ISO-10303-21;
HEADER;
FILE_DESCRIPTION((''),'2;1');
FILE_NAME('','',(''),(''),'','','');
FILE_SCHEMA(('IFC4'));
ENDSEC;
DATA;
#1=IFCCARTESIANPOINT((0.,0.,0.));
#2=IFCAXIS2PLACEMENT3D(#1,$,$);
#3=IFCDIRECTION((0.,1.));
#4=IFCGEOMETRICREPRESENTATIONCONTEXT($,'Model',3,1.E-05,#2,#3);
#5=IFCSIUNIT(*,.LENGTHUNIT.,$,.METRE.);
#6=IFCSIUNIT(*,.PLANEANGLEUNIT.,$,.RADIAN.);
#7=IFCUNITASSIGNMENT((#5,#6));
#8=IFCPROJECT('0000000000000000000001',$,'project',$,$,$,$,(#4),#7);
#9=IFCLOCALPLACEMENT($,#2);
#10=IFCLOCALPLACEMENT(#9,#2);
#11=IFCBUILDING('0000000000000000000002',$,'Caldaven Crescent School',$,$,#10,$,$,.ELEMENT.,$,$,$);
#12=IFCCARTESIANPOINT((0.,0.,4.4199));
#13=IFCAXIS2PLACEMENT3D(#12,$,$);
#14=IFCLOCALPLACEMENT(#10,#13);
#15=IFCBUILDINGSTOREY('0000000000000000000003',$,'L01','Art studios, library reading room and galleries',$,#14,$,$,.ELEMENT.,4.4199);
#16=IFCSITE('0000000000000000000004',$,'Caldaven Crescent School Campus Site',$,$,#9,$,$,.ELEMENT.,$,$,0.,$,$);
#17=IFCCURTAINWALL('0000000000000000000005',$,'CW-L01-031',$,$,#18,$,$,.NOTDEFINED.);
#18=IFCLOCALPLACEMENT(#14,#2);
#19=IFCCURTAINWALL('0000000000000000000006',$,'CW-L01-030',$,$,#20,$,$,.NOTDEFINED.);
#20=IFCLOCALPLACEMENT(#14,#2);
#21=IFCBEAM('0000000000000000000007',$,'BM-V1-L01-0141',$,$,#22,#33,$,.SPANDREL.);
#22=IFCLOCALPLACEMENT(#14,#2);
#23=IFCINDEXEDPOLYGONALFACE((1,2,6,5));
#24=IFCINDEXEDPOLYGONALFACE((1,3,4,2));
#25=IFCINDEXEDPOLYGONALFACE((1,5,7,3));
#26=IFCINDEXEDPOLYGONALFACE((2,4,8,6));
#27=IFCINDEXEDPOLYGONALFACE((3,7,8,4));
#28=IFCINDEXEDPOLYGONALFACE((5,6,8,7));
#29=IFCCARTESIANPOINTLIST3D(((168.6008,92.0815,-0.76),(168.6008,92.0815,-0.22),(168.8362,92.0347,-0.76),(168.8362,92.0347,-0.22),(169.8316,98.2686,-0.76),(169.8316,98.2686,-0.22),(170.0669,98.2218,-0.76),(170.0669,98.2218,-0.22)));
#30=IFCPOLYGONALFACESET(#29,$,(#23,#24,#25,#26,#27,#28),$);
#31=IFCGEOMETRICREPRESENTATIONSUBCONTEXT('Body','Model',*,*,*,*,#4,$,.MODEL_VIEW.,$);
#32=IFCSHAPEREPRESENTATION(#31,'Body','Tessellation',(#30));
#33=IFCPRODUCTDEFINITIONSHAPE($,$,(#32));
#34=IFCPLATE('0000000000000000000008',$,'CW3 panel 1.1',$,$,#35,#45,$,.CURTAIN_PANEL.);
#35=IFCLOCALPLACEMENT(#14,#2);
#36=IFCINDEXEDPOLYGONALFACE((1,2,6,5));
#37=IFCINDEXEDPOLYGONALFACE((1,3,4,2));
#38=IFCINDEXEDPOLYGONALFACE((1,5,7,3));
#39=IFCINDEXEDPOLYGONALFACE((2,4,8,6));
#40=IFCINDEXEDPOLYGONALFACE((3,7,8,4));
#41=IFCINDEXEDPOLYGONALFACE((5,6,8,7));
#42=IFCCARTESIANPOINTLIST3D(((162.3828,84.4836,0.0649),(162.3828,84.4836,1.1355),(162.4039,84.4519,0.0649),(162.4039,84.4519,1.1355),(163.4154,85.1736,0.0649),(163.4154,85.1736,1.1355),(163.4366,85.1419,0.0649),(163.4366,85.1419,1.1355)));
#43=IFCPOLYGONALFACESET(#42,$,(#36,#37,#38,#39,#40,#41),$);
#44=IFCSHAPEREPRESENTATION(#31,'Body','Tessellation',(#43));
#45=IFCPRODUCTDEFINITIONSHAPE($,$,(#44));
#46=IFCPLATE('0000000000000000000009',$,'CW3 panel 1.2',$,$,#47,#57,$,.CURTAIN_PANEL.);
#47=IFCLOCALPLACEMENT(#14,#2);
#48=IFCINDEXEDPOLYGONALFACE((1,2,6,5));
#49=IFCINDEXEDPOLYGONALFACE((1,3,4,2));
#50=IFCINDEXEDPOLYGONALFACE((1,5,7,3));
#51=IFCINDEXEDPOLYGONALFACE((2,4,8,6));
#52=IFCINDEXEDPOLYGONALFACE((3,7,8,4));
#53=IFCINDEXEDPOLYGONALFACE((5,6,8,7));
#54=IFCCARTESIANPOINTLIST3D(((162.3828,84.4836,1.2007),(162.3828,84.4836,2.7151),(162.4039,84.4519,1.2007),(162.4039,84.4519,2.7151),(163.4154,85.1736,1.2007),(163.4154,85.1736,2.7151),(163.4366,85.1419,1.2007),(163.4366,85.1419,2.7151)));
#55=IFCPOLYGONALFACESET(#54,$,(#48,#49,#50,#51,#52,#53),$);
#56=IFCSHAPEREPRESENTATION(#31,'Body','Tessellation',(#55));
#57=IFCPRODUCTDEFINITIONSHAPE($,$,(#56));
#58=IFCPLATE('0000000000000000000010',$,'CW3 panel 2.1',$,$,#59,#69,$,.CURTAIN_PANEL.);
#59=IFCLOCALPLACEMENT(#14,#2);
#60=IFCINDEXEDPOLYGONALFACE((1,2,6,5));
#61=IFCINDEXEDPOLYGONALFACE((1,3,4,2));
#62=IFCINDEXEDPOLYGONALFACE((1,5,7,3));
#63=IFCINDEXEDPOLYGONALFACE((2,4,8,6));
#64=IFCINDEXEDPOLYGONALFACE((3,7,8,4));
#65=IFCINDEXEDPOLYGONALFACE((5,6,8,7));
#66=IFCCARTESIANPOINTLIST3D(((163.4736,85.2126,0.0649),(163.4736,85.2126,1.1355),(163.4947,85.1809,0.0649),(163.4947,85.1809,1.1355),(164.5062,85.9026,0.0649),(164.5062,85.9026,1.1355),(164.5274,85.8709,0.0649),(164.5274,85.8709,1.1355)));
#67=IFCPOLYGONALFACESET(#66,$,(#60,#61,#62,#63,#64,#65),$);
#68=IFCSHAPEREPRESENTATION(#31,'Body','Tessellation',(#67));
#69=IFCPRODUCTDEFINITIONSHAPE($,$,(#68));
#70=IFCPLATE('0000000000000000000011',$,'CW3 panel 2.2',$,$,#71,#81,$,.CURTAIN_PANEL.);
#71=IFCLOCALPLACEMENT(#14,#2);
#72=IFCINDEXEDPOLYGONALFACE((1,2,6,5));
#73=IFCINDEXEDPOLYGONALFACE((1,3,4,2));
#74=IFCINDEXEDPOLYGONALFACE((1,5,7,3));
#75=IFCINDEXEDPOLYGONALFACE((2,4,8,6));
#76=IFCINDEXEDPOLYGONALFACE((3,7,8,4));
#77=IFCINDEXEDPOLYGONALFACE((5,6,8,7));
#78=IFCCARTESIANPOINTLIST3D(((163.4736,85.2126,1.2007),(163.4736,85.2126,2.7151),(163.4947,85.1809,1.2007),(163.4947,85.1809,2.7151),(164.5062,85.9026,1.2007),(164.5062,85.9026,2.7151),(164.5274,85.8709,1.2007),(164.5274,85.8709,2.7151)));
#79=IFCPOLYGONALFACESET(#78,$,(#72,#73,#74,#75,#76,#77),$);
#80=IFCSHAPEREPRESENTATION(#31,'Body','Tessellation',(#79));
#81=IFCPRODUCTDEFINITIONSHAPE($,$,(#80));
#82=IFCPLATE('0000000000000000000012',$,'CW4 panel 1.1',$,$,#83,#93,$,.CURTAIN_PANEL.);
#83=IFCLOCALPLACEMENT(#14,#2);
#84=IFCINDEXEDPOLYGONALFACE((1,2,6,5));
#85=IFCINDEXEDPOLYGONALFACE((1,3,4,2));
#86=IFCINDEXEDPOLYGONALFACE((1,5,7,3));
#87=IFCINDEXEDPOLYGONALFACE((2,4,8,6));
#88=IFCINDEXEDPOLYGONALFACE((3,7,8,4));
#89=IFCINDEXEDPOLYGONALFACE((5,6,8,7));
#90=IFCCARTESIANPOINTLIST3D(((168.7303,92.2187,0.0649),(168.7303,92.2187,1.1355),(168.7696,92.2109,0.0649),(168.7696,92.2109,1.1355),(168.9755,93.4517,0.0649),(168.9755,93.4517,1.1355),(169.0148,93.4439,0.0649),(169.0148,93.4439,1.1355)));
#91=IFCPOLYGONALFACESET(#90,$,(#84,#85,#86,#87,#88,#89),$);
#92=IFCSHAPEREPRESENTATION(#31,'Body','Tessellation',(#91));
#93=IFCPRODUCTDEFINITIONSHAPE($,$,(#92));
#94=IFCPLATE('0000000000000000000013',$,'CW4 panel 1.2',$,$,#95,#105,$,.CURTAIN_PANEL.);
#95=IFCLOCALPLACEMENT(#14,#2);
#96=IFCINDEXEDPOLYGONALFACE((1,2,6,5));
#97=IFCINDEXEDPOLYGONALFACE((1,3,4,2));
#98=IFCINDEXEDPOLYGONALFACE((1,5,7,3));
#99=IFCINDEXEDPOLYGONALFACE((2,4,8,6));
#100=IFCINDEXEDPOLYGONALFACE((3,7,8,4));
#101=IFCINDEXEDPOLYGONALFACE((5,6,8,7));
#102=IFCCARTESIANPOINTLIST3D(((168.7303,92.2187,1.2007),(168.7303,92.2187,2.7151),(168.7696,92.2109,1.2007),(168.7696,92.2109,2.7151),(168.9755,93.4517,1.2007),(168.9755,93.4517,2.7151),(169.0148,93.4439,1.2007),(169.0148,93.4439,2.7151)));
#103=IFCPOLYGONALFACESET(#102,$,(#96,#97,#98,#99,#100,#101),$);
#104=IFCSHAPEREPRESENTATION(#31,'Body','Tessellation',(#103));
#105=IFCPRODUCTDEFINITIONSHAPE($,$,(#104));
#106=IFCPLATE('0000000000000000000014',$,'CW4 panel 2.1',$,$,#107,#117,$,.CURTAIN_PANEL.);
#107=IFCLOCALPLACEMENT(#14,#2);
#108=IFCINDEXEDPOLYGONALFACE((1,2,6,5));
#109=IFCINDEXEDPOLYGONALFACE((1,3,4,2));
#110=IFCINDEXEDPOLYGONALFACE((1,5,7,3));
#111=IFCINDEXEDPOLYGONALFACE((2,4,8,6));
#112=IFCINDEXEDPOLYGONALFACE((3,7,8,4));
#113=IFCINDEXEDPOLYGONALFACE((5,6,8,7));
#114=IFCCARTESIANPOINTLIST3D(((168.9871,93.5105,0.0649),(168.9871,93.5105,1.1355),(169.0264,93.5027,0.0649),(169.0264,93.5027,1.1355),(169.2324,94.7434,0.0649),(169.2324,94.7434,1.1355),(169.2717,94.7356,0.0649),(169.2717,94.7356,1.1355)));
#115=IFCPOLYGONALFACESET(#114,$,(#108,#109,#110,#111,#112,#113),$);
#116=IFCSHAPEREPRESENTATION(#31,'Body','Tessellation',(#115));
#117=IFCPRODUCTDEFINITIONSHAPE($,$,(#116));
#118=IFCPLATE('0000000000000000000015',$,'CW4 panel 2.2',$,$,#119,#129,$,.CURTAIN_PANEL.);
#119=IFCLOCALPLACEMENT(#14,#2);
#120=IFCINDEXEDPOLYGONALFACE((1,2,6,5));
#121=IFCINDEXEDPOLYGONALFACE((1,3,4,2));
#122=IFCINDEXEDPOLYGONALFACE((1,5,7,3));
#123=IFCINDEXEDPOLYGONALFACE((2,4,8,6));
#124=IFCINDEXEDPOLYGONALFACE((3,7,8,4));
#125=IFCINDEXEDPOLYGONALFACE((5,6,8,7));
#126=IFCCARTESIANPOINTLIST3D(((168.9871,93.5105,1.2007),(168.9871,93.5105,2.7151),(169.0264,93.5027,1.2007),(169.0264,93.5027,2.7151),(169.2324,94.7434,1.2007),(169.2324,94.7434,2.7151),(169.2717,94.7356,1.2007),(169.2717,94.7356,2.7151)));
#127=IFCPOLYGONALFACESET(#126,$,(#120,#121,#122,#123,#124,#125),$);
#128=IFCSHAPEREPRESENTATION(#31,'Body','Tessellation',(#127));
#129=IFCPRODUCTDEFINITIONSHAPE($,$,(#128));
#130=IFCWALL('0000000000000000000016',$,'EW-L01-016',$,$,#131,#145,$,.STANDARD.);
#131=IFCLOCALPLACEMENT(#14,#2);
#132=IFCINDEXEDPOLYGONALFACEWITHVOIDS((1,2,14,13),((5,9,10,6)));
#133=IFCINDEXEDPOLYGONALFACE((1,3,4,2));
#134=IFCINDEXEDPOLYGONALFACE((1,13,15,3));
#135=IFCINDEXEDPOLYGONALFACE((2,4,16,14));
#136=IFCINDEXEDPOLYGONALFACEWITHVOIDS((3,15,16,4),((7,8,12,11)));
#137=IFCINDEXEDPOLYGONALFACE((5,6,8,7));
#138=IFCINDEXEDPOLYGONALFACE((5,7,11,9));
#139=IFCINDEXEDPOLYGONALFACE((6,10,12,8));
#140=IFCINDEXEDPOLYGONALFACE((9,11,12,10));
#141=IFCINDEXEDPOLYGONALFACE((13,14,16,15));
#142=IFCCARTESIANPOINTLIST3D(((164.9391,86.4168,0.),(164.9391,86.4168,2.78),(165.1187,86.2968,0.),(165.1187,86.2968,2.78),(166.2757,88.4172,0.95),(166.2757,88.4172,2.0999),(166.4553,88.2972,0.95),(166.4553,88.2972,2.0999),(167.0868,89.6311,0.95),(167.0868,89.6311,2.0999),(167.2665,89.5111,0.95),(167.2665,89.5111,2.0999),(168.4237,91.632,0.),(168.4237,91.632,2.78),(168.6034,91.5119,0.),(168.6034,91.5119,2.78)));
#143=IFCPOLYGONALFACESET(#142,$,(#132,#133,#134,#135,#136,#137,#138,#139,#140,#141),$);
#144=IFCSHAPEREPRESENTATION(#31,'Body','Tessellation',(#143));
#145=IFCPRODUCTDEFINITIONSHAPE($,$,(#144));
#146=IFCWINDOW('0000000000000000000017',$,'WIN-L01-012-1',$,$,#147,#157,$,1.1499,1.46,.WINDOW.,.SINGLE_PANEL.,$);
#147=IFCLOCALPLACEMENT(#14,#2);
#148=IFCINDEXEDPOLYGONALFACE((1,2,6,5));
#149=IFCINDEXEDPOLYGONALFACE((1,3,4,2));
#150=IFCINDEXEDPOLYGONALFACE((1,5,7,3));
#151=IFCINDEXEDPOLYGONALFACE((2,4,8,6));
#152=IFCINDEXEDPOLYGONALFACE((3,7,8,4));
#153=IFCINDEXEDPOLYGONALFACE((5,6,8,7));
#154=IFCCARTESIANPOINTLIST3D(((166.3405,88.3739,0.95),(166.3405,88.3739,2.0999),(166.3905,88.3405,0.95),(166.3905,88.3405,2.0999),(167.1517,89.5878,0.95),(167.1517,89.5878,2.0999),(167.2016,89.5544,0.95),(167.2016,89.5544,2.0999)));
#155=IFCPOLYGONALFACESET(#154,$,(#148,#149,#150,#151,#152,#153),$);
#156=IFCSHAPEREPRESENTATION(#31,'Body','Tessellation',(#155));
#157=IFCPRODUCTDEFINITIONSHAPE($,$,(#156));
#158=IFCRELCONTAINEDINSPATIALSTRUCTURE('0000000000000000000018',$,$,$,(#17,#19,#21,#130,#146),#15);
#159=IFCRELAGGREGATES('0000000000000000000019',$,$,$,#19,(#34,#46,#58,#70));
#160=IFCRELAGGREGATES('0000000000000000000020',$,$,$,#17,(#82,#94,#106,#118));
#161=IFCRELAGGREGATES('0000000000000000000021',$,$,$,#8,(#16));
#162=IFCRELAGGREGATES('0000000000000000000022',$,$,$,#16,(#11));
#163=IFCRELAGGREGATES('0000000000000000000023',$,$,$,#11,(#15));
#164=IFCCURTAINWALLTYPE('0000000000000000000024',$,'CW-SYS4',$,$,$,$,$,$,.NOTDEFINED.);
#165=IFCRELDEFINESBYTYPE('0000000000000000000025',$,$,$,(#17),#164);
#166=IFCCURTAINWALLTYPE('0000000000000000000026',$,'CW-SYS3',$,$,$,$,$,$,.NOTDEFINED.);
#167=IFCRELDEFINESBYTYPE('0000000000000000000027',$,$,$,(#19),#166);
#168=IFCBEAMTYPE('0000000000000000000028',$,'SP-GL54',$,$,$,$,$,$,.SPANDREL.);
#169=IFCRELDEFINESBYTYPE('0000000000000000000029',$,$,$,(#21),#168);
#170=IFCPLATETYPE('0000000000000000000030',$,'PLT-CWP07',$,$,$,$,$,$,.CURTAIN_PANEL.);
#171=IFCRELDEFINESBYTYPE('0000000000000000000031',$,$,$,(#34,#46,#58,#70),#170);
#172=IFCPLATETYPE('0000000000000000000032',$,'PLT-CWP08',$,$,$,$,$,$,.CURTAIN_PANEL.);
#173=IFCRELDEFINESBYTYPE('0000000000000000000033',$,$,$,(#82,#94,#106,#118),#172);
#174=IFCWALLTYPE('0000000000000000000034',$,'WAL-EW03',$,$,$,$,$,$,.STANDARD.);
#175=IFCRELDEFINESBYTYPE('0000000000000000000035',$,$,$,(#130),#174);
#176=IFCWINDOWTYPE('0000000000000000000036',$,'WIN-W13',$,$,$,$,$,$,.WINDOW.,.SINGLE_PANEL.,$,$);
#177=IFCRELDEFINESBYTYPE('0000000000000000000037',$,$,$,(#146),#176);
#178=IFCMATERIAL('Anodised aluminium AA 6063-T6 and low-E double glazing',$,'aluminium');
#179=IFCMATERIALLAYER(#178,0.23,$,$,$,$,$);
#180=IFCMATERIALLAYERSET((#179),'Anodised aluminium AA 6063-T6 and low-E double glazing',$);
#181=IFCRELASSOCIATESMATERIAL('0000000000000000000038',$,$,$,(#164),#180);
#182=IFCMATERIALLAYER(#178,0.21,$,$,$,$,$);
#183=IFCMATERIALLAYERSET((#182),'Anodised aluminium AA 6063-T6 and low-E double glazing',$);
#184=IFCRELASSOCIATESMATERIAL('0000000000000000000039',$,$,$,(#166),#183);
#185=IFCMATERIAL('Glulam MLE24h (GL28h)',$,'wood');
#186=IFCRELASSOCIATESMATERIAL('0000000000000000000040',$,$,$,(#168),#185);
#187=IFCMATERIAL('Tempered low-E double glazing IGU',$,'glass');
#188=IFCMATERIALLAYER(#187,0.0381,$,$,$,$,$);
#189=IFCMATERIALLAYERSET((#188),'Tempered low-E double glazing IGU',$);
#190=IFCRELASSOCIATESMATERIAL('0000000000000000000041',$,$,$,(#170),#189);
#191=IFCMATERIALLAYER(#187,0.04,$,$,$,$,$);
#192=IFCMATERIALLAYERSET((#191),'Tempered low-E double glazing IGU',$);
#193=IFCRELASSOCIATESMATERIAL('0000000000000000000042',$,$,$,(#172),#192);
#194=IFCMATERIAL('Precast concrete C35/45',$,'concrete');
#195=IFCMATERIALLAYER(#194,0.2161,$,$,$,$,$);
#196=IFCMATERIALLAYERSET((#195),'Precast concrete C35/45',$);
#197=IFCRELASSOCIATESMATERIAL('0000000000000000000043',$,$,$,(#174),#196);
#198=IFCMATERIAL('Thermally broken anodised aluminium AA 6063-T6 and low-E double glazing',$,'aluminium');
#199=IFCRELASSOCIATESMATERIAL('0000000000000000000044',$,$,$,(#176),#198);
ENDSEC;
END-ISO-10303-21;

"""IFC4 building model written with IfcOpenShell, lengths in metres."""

from ifc_helpers import new_model, si_unit, direction, frame, frame_2d, origin, origin_2d, place, context, subcontext, project, spatial, rectangle, extrude, material, layer, layer_set, material_profile, profile_set, type_object, element, fill, aggregate, save


model = new_model("IFC4")

# Units and contexts
model_context = context("Model", 3, precision=1e-05, world=origin(), true_north=direction((0.0, 1.0)))
body_context = subcontext(model_context, "Body", "Model", "MODEL_VIEW")
ifc_project = project(units=[si_unit("LENGTHUNIT", "METRE"), si_unit("PLANEANGLEUNIT", "RADIAN")], contexts=[model_context])

# Site, building, storey
site_placement = place(None, origin())
site = spatial("IfcSite", under=ifc_project, at=site_placement, Name="Caldaven Crescent School Campus Site", CompositionType="ELEMENT", RefElevation=0.0)
building_placement = place(site_placement, origin())
building = spatial("IfcBuilding", under=site, at=building_placement, Name="Caldaven Crescent School", CompositionType="ELEMENT")
storey_placement = place(building_placement, frame((0.0, 0.0, 4.4199)))
storey = spatial("IfcBuildingStorey", under=building, at=storey_placement, Name="L01", Description="Art studios, library reading room and galleries", CompositionType="ELEMENT", Elevation=4.4199)

# Shared definitions
ifc_material_1 = material(Name="Glulam MLE24h (GL28h)", Category="wood")

# Curtain walls
ifc_material_2 = material(Name="Anodised aluminium AA 6063-T6 and low-E double glazing", Category="aluminium")
ifc_layer_1 = layer(ifc_material_2, 0.23)
ifc_layer_set_1 = layer_set([ifc_layer_1], Name="Anodised aluminium AA 6063-T6 and low-E double glazing")
curtain_wall_type_1 = type_object("IfcCurtainWallType", Name="CW-SYS4", PredefinedType="NOTDEFINED", material=ifc_layer_set_1)
curtain_wall_1_placement = place(storey_placement, origin())
curtain_wall_1 = element("IfcCurtainWall", 1, at=curtain_wall_1_placement, inside=storey, type_object=curtain_wall_type_1, Name="CW-L01-031", PredefinedType="NOTDEFINED")
ifc_layer_2 = layer(ifc_material_2, 0.21)
ifc_layer_set_2 = layer_set([ifc_layer_2], Name="Anodised aluminium AA 6063-T6 and low-E double glazing")
curtain_wall_type_2 = type_object("IfcCurtainWallType", Name="CW-SYS3", PredefinedType="NOTDEFINED", material=ifc_layer_set_2)
curtain_wall_2_placement = place(storey_placement, origin())
curtain_wall_2 = element("IfcCurtainWall", 2, at=curtain_wall_2_placement, inside=storey, type_object=curtain_wall_type_2, Name="CW-L01-030", PredefinedType="NOTDEFINED")

# Beam
ifc_material_profile_1 = material_profile(ifc_material_1, rectangle(XDim=0.24, YDim=0.54, at=origin_2d()), Name="MLE 240x540")
ifc_profile_set_1 = profile_set([ifc_material_profile_1], Name="Glulam MLE24h (GL28h)")
beam_type_1 = type_object("IfcBeamType", Name="SP-GL54", PredefinedType="SPANDREL", material=ifc_profile_set_1)
for number, where, z_axis, x_axis, name in (
    (3, (168.7185, 92.0581, -0.49), (0.195096, 0.980784, 0.0), (-0.980784, 0.195096, 0.0), "BM-V1-L01-0141"),
):
    element("IfcBeam", number, at=place(storey_placement, frame(where, z_axis=z_axis, x_axis=x_axis)), inside=storey, type_object=beam_type_1, Name=name, PredefinedType="SPANDREL", context=body_context, shape_type="SweptSolid", body=[
        extrude(rectangle(XDim=0.24, YDim=0.54, at=origin_2d()), origin(), (0.0, 0.0, 1.0), 6.3083),
    ])

# Plates
ifc_material_3 = material(Name="Tempered low-E double glazing IGU", Category="glass")
ifc_layer_3 = layer(ifc_material_3, 0.0381)
ifc_layer_set_3 = layer_set([ifc_layer_3], Name="Tempered low-E double glazing IGU")
plate_type_1 = type_object("IfcPlateType", Name="PLT-CWP07", PredefinedType="CURTAIN_PANEL", material=ifc_layer_set_3)
plate_1_placement = place(storey_placement, frame((162.9097, 84.8127, 0.0649), z_axis=(0.0, 0.0, 1.0), x_axis=(0.831469, 0.555572, 0.0)))
plate_1 = element("IfcPlate", 4, at=plate_1_placement, type_object=plate_type_1, Name="CW3 panel 1.1", PredefinedType="CURTAIN_PANEL", context=body_context, shape_type="SweptSolid", body=[
    extrude(rectangle(XDim=1.2419, YDim=0.0381, at=origin_2d()), origin(), (0.0, 0.0, 1.0), 1.0706),
])
plate_2_placement = place(storey_placement, frame((162.9097, 84.8127, 1.2007), z_axis=(0.0, 0.0, 1.0), x_axis=(0.831469, 0.555572, 0.0)))
plate_2 = element("IfcPlate", 5, at=plate_2_placement, type_object=plate_type_1, Name="CW3 panel 1.2", PredefinedType="CURTAIN_PANEL", context=body_context, shape_type="SweptSolid", body=[
    extrude(rectangle(XDim=1.2419, YDim=0.0381, at=origin_2d()), origin(), (0.0, 0.0, 1.0), 1.5144),
])
plate_3_placement = place(storey_placement, frame((164.0005, 85.5417, 0.0649), z_axis=(0.0, 0.0, 1.0), x_axis=(0.831469, 0.555572, 0.0)))
plate_3 = element("IfcPlate", 6, at=plate_3_placement, type_object=plate_type_1, Name="CW3 panel 2.1", PredefinedType="CURTAIN_PANEL", context=body_context, shape_type="SweptSolid", body=[
    extrude(rectangle(XDim=1.2419, YDim=0.0381, at=origin_2d()), origin(), (0.0, 0.0, 1.0), 1.0706),
])
plate_4_placement = place(storey_placement, frame((164.0005, 85.5417, 1.2007), z_axis=(0.0, 0.0, 1.0), x_axis=(0.831469, 0.555572, 0.0)))
plate_4 = element("IfcPlate", 7, at=plate_4_placement, type_object=plate_type_1, Name="CW3 panel 2.2", PredefinedType="CURTAIN_PANEL", context=body_context, shape_type="SweptSolid", body=[
    extrude(rectangle(XDim=1.2419, YDim=0.0381, at=origin_2d()), origin(), (0.0, 0.0, 1.0), 1.5144),
])
aggregate(curtain_wall_2, [plate_1, plate_2, plate_3, plate_4])
ifc_layer_4 = layer(ifc_material_3, 0.04)
ifc_layer_set_4 = layer_set([ifc_layer_4], Name="Tempered low-E double glazing IGU")
plate_type_2 = type_object("IfcPlateType", Name="PLT-CWP08", PredefinedType="CURTAIN_PANEL", material=ifc_layer_set_4)
plate_5_placement = place(storey_placement, frame((168.8726, 92.8313, 0.0649), z_axis=(0.0, 0.0, 1.0), x_axis=(0.19509, 0.980785, 0.0)))
plate_5 = element("IfcPlate", 8, at=plate_5_placement, type_object=plate_type_2, Name="CW4 panel 1.1", PredefinedType="CURTAIN_PANEL", context=body_context, shape_type="SweptSolid", body=[
    extrude(rectangle(XDim=1.2571, YDim=0.04, at=origin_2d()), origin(), (0.0, 0.0, 1.0), 1.0706),
])
plate_6_placement = place(storey_placement, frame((168.8726, 92.8313, 1.2007), z_axis=(0.0, 0.0, 1.0), x_axis=(0.19509, 0.980785, 0.0)))
plate_6 = element("IfcPlate", 9, at=plate_6_placement, type_object=plate_type_2, Name="CW4 panel 1.2", PredefinedType="CURTAIN_PANEL", context=body_context, shape_type="SweptSolid", body=[
    extrude(rectangle(XDim=1.2571, YDim=0.04, at=origin_2d()), origin(), (0.0, 0.0, 1.0), 1.5144),
])
plate_7_placement = place(storey_placement, frame((169.1294, 94.123, 0.0649), z_axis=(0.0, 0.0, 1.0), x_axis=(0.19509, 0.980785, 0.0)))
plate_7 = element("IfcPlate", 10, at=plate_7_placement, type_object=plate_type_2, Name="CW4 panel 2.1", PredefinedType="CURTAIN_PANEL", context=body_context, shape_type="SweptSolid", body=[
    extrude(rectangle(XDim=1.2571, YDim=0.04, at=origin_2d()), origin(), (0.0, 0.0, 1.0), 1.0706),
])
plate_8_placement = place(storey_placement, frame((169.1294, 94.123, 1.2007), z_axis=(0.0, 0.0, 1.0), x_axis=(0.19509, 0.980785, 0.0)))
plate_8 = element("IfcPlate", 11, at=plate_8_placement, type_object=plate_type_2, Name="CW4 panel 2.2", PredefinedType="CURTAIN_PANEL", context=body_context, shape_type="SweptSolid", body=[
    extrude(rectangle(XDim=1.2571, YDim=0.04, at=origin_2d()), origin(), (0.0, 0.0, 1.0), 1.5144),
])
aggregate(curtain_wall_1, [plate_5, plate_6, plate_7, plate_8])

# Wall, opening, window
ifc_material_4 = material(Name="Precast concrete C35/45", Category="concrete")
ifc_layer_5 = layer(ifc_material_4, 0.2161)
ifc_layer_set_5 = layer_set([ifc_layer_5], Name="Precast concrete C35/45")
wall_type_1 = type_object("IfcWallType", Name="WAL-EW03", PredefinedType="STANDARD", material=ifc_layer_set_5)
wall_1_placement = place(storey_placement, frame((165.0288, 86.3567, 0.0), z_axis=(0.0, 0.0, 1.0), x_axis=(0.555571, 0.831469, 0.0)))
wall_1 = element("IfcWall", 12, at=wall_1_placement, inside=storey, type_object=wall_type_1, Name="EW-L01-016", PredefinedType="STANDARD", context=body_context, shape_type="SweptSolid", body=[
    extrude(rectangle(XDim=6.2722, YDim=0.2161, at=frame_2d((3.1362, 0.0))), origin(), (0.0, 0.0, 1.0), 2.78),
])
opening_1_placement = place(wall_1_placement, frame((2.406, 0.0, 0.95)))
opening_1 = element("IfcOpeningElement", 13, at=opening_1_placement, cuts=wall_1, PredefinedType="OPENING", context=body_context, shape_type="SweptSolid", body=[
    extrude(rectangle(XDim=1.46, YDim=1.1499, at=frame_2d((0.73, 0.575))), frame((0.0, 0.1179, 0.0), z_axis=(0.0, -1.0, 0.0), x_axis=(1.0, 0.0, 0.0)), (0.0, 0.0, 1.0), 0.2361),
])
ifc_material_5 = material(Name="Thermally broken anodised aluminium AA 6063-T6 and low-E double glazing", Category="aluminium")
window_type = type_object("IfcWindowType", Name="WIN-W13", PartitioningType="SINGLE_PANEL", PredefinedType="WINDOW", material=ifc_material_5)
window_placement = place(opening_1_placement, origin())
window = element("IfcWindow", 14, at=window_placement, inside=storey, type_object=window_type, Name="WIN-L01-012-1", OverallHeight=1.1499, OverallWidth=1.46, PartitioningType="SINGLE_PANEL", PredefinedType="WINDOW", context=body_context, shape_type="SweptSolid", body=[
    extrude(rectangle(XDim=1.46, YDim=1.1499, at=frame_2d((0.73, 0.575))), frame((0.0, 0.03, 0.0), z_axis=(0.0, -1.0, 0.0), x_axis=(1.0, 0.0, 0.0)), (0.0, 0.0, 1.0), 0.0601),
])
fill(opening_1, window)

save(model, "model.ifc")
